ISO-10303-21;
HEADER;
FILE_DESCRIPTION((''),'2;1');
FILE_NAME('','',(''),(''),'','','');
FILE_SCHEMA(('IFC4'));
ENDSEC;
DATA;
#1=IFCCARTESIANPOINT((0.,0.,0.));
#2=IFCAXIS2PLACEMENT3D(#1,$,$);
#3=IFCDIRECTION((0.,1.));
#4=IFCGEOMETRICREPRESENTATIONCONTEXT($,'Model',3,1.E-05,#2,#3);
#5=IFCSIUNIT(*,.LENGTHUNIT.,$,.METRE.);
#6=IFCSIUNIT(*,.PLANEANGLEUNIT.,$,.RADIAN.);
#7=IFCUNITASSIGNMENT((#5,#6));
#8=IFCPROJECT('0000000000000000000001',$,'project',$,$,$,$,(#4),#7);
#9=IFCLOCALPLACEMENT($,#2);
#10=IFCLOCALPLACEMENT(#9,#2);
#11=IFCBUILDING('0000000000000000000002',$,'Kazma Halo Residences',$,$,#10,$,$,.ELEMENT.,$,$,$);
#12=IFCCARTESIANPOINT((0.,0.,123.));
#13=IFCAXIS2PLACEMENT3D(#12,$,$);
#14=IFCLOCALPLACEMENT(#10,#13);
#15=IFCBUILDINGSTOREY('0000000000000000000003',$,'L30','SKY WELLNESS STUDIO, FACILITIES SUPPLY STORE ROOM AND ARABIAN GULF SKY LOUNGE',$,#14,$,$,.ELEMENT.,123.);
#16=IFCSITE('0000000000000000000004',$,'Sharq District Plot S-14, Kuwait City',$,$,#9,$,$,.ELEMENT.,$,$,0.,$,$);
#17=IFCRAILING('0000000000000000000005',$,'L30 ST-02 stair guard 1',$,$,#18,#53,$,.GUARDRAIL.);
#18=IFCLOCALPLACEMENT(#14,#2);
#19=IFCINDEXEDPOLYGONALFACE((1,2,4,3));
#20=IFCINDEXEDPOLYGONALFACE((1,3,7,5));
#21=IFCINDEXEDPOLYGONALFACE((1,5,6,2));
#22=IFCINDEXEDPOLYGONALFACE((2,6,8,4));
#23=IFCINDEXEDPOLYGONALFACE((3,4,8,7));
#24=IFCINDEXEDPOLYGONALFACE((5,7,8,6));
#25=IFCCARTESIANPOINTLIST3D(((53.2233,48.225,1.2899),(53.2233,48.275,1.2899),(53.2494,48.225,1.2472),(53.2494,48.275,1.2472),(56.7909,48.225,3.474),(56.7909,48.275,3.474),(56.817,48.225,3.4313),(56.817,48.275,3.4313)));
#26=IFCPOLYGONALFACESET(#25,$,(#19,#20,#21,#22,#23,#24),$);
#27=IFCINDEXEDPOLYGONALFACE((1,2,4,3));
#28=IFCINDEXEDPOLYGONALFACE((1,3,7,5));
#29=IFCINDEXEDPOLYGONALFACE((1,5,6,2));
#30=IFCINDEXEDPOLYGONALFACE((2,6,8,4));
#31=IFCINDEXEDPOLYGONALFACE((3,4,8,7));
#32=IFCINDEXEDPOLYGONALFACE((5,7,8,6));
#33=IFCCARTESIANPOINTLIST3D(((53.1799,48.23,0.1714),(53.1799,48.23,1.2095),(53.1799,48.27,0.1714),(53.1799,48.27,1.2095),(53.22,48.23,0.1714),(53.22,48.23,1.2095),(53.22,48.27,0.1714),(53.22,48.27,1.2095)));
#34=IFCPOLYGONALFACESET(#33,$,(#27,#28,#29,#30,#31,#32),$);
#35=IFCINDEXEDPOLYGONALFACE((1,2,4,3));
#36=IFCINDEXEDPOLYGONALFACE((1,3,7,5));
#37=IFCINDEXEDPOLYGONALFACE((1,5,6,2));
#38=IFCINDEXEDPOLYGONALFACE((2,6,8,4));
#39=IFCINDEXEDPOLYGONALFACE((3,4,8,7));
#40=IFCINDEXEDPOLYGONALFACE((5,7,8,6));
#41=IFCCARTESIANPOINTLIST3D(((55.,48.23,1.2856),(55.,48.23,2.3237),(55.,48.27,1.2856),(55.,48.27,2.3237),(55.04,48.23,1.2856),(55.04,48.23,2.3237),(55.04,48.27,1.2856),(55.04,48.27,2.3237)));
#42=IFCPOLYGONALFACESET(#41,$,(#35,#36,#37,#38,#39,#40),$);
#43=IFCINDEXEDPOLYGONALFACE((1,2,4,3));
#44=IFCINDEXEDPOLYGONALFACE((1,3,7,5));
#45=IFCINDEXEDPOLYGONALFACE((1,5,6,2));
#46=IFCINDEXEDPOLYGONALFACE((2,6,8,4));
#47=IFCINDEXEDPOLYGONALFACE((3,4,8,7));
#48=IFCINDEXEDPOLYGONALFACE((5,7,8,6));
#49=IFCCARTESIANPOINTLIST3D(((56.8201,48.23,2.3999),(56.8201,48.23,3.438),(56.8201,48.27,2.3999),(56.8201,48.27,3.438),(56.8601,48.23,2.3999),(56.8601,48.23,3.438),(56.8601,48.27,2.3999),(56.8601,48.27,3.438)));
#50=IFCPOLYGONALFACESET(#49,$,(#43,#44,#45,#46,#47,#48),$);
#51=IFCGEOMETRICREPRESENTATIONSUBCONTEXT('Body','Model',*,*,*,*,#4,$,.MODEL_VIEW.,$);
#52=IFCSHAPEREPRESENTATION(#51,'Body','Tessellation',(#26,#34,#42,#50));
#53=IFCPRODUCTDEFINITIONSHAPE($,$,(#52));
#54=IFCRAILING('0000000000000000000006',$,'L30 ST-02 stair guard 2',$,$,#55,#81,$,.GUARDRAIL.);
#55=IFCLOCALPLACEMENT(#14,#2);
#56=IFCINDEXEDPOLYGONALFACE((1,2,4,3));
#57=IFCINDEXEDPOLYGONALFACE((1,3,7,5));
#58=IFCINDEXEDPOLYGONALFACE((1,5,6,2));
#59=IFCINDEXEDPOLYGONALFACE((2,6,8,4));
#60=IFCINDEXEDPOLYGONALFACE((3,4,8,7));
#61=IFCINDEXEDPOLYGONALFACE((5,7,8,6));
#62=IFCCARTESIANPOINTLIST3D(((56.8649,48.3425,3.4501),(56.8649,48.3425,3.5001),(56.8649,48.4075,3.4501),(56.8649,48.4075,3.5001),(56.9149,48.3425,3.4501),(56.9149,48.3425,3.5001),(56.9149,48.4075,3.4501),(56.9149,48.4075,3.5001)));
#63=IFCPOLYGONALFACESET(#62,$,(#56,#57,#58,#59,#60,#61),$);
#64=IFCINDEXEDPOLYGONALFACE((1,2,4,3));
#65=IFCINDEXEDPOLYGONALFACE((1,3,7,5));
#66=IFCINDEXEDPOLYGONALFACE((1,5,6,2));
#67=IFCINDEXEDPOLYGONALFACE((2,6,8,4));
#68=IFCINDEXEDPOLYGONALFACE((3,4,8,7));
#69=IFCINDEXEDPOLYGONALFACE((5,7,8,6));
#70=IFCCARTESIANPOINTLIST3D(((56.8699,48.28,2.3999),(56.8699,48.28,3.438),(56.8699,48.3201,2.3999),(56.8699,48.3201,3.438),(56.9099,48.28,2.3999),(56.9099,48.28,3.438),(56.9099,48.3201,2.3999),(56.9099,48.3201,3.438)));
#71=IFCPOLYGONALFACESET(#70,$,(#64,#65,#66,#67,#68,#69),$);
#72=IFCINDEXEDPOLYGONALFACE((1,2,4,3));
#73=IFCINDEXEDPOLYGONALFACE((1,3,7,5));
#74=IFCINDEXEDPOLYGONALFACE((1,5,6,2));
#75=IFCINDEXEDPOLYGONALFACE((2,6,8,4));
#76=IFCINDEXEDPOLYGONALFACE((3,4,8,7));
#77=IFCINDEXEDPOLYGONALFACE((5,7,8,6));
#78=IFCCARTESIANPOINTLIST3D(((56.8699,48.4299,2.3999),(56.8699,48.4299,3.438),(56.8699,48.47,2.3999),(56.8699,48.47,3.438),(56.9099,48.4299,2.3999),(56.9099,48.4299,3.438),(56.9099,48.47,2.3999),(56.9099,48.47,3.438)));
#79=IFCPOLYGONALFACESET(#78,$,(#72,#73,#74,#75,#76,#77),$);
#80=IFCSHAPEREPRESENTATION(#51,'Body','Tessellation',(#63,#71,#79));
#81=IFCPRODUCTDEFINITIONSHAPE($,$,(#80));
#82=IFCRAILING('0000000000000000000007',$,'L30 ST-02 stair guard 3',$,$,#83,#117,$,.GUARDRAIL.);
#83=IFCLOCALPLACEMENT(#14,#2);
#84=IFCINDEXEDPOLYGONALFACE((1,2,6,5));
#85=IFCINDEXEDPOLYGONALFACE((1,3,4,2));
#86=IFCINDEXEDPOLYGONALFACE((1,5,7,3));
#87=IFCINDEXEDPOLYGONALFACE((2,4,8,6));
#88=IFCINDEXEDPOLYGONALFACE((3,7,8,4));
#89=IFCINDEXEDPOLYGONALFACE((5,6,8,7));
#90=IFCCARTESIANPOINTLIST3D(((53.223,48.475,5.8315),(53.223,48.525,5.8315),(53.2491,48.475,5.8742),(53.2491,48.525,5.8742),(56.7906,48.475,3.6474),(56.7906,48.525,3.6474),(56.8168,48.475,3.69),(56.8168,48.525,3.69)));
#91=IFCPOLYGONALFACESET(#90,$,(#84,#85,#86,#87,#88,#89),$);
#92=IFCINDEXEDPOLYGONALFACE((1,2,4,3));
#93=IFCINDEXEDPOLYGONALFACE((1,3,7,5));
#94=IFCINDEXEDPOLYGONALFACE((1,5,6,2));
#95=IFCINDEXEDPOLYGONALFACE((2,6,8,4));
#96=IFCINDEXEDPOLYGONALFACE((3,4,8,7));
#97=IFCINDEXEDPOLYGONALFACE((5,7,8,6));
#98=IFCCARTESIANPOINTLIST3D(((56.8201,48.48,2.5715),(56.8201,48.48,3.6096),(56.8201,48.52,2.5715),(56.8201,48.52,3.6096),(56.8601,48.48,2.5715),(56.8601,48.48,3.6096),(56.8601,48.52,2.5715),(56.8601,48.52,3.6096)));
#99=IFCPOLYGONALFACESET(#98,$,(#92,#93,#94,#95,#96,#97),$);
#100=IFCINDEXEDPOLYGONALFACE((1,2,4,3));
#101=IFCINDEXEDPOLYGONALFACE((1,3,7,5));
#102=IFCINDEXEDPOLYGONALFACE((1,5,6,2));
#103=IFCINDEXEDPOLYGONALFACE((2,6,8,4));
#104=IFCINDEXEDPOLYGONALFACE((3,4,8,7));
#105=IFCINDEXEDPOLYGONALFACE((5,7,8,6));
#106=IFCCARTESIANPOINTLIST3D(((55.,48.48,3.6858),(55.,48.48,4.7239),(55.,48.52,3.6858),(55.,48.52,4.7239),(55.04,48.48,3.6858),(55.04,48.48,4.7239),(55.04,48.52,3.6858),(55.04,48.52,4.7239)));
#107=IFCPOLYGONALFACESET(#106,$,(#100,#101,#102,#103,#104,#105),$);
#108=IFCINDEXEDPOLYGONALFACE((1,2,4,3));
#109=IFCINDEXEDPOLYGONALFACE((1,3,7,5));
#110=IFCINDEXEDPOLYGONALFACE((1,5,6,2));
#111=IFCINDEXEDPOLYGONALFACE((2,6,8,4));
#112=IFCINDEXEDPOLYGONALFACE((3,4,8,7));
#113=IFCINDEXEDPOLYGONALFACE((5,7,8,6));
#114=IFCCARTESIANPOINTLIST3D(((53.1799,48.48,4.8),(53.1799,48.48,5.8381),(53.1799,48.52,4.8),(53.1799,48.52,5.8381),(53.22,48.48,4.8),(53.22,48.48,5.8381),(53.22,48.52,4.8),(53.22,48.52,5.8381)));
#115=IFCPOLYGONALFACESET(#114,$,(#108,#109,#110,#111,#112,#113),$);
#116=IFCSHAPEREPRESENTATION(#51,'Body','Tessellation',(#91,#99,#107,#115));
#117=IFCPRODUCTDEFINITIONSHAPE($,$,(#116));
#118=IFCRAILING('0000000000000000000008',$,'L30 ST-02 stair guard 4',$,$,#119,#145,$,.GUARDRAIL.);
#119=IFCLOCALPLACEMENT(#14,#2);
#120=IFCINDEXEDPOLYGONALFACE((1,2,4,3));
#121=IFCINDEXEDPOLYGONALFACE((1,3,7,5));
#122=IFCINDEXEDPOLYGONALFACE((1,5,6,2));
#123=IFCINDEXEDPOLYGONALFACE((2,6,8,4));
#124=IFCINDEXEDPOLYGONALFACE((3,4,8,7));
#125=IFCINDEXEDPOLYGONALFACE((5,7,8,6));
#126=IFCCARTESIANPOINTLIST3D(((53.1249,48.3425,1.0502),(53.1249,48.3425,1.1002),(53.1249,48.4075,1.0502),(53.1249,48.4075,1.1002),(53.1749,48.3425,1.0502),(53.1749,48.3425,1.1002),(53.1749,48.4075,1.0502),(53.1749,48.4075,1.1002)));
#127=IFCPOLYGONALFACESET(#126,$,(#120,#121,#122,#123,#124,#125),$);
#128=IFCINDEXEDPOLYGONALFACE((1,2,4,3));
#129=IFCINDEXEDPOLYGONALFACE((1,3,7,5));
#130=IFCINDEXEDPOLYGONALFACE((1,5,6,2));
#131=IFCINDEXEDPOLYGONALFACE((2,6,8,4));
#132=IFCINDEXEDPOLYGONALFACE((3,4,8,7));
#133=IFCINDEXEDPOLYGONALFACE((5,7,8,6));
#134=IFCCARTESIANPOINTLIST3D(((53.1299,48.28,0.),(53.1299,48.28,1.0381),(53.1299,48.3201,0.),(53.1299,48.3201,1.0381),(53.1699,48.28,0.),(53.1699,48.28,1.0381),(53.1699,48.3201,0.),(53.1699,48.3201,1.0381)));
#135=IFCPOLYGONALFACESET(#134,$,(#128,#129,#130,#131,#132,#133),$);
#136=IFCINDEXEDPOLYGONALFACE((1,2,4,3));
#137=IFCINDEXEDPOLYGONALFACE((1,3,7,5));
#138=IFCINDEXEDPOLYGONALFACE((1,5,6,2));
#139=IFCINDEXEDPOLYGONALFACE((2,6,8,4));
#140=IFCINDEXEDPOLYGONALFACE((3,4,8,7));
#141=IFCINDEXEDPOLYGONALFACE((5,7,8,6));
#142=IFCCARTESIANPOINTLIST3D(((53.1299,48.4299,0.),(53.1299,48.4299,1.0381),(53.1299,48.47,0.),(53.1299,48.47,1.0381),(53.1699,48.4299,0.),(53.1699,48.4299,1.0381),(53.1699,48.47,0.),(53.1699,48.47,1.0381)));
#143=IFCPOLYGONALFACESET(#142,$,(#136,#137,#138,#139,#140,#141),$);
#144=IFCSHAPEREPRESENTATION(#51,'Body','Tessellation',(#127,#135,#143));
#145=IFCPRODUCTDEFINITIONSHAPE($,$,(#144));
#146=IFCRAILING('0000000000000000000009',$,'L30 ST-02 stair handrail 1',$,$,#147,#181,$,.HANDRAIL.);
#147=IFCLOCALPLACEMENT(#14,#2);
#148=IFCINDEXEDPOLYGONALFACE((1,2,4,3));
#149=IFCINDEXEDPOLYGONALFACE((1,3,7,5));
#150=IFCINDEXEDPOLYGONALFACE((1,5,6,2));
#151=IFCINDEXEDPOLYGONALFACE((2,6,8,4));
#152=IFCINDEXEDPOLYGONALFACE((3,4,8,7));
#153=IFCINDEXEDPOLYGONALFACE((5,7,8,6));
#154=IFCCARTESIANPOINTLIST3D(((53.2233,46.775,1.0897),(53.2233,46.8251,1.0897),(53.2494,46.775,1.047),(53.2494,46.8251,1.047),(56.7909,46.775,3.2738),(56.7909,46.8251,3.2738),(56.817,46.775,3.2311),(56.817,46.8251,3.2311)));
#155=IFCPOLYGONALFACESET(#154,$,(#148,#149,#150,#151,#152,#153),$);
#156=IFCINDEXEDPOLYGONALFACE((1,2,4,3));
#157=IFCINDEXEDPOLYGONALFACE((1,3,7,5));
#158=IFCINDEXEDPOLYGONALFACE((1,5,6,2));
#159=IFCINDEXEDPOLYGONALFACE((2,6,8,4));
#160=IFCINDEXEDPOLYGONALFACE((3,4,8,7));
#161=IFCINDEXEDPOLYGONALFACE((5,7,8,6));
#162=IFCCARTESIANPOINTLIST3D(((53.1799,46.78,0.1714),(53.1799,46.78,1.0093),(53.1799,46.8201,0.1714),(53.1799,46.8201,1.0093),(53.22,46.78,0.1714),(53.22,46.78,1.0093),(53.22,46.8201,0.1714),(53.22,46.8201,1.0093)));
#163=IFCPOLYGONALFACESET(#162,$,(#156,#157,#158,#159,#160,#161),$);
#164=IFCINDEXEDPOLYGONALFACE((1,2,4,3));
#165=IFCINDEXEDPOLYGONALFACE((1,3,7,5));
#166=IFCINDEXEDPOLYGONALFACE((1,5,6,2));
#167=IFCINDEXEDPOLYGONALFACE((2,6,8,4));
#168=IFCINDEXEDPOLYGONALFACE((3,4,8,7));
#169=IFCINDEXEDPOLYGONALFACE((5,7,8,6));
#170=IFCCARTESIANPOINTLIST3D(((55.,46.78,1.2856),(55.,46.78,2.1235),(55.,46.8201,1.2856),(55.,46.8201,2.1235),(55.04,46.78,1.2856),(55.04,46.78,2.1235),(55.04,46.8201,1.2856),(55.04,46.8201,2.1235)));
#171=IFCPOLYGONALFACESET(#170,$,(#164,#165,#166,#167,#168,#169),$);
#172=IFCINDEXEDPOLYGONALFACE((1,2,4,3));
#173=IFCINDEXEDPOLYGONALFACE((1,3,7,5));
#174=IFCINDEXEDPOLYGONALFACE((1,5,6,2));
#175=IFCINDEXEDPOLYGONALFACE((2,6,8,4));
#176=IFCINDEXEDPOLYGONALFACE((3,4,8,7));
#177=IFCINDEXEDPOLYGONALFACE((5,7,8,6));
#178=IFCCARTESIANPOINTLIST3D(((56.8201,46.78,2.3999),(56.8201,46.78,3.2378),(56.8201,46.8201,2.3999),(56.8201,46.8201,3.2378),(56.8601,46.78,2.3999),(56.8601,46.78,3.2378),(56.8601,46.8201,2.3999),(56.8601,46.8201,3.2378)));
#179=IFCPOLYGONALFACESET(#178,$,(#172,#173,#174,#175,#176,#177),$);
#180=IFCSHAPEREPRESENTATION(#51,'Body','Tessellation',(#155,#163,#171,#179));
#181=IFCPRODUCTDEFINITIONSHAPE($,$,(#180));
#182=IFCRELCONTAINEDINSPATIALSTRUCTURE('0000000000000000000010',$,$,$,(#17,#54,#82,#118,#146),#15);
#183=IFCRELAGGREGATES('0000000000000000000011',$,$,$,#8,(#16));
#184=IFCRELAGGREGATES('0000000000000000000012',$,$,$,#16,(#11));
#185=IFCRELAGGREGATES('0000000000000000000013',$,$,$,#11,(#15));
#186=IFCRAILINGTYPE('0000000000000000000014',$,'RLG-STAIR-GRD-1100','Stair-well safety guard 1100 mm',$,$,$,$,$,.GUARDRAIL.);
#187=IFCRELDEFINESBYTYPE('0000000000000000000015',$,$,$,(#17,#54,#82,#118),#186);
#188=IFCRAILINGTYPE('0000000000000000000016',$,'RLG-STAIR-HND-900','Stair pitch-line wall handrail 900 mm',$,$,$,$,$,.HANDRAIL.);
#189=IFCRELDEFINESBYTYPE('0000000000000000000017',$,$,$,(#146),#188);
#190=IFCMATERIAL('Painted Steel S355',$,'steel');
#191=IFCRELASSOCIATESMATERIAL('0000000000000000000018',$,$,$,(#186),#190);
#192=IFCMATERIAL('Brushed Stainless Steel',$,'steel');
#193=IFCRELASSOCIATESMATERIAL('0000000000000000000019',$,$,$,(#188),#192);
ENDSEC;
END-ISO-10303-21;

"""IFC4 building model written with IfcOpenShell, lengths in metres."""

from ifc_helpers import new_model, si_unit, direction, frame, origin, origin_2d, place, context, subcontext, project, spatial, rectangle, extrude, material, type_object, element, save


model = new_model("IFC4")

# Units and contexts
model_context = context("Model", 3, precision=1e-05, world=origin(), true_north=direction((0.0, 1.0)))
body_context = subcontext(model_context, "Body", "Model", "MODEL_VIEW")
ifc_project = project(units=[si_unit("LENGTHUNIT", "METRE"), si_unit("PLANEANGLEUNIT", "RADIAN")], contexts=[model_context])

# Site, building, storey
site_placement = place(None, origin())
site = spatial("IfcSite", under=ifc_project, at=site_placement, Name="Sharq District Plot S-14, Kuwait City", CompositionType="ELEMENT", RefElevation=0.0)
building_placement = place(site_placement, origin())
building = spatial("IfcBuilding", under=site, at=building_placement, Name="Kazma Halo Residences", CompositionType="ELEMENT")
storey_placement = place(building_placement, frame((0.0, 0.0, 123.0)))
storey = spatial("IfcBuildingStorey", under=building, at=storey_placement, Name="L30", Description="SKY WELLNESS STUDIO, FACILITIES SUPPLY STORE ROOM AND ARABIAN GULF SKY LOUNGE", CompositionType="ELEMENT", Elevation=123.0)

# Railings
ifc_material_1 = material(Name="Painted Steel S355", Category="steel")
railing_type_1 = type_object("IfcRailingType", Name="RLG-STAIR-GRD-1100", Description="Stair-well safety guard 1100 mm", PredefinedType="GUARDRAIL", material=ifc_material_1)
railing_1_placement = place(storey_placement, frame((53.2, 48.25, 0.1714)))
element("IfcRailing", 1, at=railing_1_placement, inside=storey, type_object=railing_type_1, Name="L30 ST-02 stair guard 1", PredefinedType="GUARDRAIL", context=body_context, shape_type="SweptSolid", body=[
    extrude(rectangle(XDim=0.05, YDim=0.05, at=origin_2d()), frame((0.0364, 0.0, 1.0972), z_axis=(0.852866, 0.0, 0.52213), x_axis=(0.0, 1.0, 0.0)), (0.0, 0.0, 1.0), 4.1831),
    extrude(rectangle(XDim=0.04, YDim=0.04, at=origin_2d()), origin(), (0.0, 0.0, 1.0), 1.0381),
    extrude(rectangle(XDim=0.04, YDim=0.04, at=origin_2d()), frame((1.8201, 0.0, 1.1143)), (0.0, 0.0, 1.0), 1.0381),
    extrude(rectangle(XDim=0.04, YDim=0.04, at=origin_2d()), frame((3.6401, 0.0, 2.2285)), (0.0, 0.0, 1.0), 1.0381),
])
railing_2_placement = place(storey_placement, frame((56.8899, 48.3, 2.3999)))
element("IfcRailing", 2, at=railing_2_placement, inside=storey, type_object=railing_type_1, Name="L30 ST-02 stair guard 2", PredefinedType="GUARDRAIL", context=body_context, shape_type="SweptSolid", body=[
    extrude(rectangle(XDim=0.05, YDim=0.05, at=origin_2d()), frame((0.0, 0.0425, 1.0752), z_axis=(0.0, 1.0, 0.0), x_axis=(-1.0, 0.0, 0.0)), (0.0, 0.0, 1.0), 0.0649),
    extrude(rectangle(XDim=0.04, YDim=0.04, at=origin_2d()), origin(), (0.0, 0.0, 1.0), 1.0381),
    extrude(rectangle(XDim=0.04, YDim=0.04, at=origin_2d()), frame((0.0, 0.1499, 0.0)), (0.0, 0.0, 1.0), 1.0381),
])
railing_3_placement = place(storey_placement, frame((56.8401, 48.5, 2.5715)))
element("IfcRailing", 3, at=railing_3_placement, inside=storey, type_object=railing_type_1, Name="L30 ST-02 stair guard 3", PredefinedType="GUARDRAIL", context=body_context, shape_type="SweptSolid", body=[
    extrude(rectangle(XDim=0.05, YDim=0.05, at=origin_2d()), frame((-0.0364, 0.0, 1.0972), z_axis=(-0.852866, 0.0, 0.52213), x_axis=(0.0, -1.0, 0.0)), (0.0, 0.0, 1.0), 4.1831),
    extrude(rectangle(XDim=0.04, YDim=0.04, at=origin_2d()), origin(), (0.0, 0.0, 1.0), 1.0381),
    extrude(rectangle(XDim=0.04, YDim=0.04, at=origin_2d()), frame((-1.8201, 0.0, 1.1143)), (0.0, 0.0, 1.0), 1.0381),
    extrude(rectangle(XDim=0.04, YDim=0.04, at=origin_2d()), frame((-3.6401, 0.0, 2.2285)), (0.0, 0.0, 1.0), 1.0381),
])
railing_4_placement = place(storey_placement, frame((53.1499, 48.3, 0.0)))
element("IfcRailing", 4, at=railing_4_placement, inside=storey, type_object=railing_type_1, Name="L30 ST-02 stair guard 4", PredefinedType="GUARDRAIL", context=body_context, shape_type="SweptSolid", body=[
    extrude(rectangle(XDim=0.05, YDim=0.05, at=origin_2d()), frame((0.0, 0.0425, 1.0752), z_axis=(0.0, 1.0, 0.0), x_axis=(-1.0, 0.0, 0.0)), (0.0, 0.0, 1.0), 0.0649),
    extrude(rectangle(XDim=0.04, YDim=0.04, at=origin_2d()), origin(), (0.0, 0.0, 1.0), 1.0381),
    extrude(rectangle(XDim=0.04, YDim=0.04, at=origin_2d()), frame((0.0, 0.1499, 0.0)), (0.0, 0.0, 1.0), 1.0381),
])
ifc_material_2 = material(Name="Brushed Stainless Steel", Category="steel")
railing_type_2 = type_object("IfcRailingType", Name="RLG-STAIR-HND-900", Description="Stair pitch-line wall handrail 900 mm", PredefinedType="HANDRAIL", material=ifc_material_2)
railing_5_placement = place(storey_placement, frame((53.2, 46.8, 0.1714)))
element("IfcRailing", 5, at=railing_5_placement, inside=storey, type_object=railing_type_2, Name="L30 ST-02 stair handrail 1", PredefinedType="HANDRAIL", context=body_context, shape_type="SweptSolid", body=[
    extrude(rectangle(XDim=0.05, YDim=0.05, at=origin_2d()), frame((0.0364, 0.0, 0.897), z_axis=(0.852866, 0.0, 0.52213), x_axis=(0.0, 1.0, 0.0)), (0.0, 0.0, 1.0), 4.1831),
    extrude(rectangle(XDim=0.04, YDim=0.04, at=origin_2d()), origin(), (0.0, 0.0, 1.0), 0.8379),
    extrude(rectangle(XDim=0.04, YDim=0.04, at=origin_2d()), frame((1.8201, 0.0, 1.1143)), (0.0, 0.0, 1.0), 0.8379),
    extrude(rectangle(XDim=0.04, YDim=0.04, at=origin_2d()), frame((3.6401, 0.0, 2.2285)), (0.0, 0.0, 1.0), 0.8379),
])

save(model, "model.ifc")
